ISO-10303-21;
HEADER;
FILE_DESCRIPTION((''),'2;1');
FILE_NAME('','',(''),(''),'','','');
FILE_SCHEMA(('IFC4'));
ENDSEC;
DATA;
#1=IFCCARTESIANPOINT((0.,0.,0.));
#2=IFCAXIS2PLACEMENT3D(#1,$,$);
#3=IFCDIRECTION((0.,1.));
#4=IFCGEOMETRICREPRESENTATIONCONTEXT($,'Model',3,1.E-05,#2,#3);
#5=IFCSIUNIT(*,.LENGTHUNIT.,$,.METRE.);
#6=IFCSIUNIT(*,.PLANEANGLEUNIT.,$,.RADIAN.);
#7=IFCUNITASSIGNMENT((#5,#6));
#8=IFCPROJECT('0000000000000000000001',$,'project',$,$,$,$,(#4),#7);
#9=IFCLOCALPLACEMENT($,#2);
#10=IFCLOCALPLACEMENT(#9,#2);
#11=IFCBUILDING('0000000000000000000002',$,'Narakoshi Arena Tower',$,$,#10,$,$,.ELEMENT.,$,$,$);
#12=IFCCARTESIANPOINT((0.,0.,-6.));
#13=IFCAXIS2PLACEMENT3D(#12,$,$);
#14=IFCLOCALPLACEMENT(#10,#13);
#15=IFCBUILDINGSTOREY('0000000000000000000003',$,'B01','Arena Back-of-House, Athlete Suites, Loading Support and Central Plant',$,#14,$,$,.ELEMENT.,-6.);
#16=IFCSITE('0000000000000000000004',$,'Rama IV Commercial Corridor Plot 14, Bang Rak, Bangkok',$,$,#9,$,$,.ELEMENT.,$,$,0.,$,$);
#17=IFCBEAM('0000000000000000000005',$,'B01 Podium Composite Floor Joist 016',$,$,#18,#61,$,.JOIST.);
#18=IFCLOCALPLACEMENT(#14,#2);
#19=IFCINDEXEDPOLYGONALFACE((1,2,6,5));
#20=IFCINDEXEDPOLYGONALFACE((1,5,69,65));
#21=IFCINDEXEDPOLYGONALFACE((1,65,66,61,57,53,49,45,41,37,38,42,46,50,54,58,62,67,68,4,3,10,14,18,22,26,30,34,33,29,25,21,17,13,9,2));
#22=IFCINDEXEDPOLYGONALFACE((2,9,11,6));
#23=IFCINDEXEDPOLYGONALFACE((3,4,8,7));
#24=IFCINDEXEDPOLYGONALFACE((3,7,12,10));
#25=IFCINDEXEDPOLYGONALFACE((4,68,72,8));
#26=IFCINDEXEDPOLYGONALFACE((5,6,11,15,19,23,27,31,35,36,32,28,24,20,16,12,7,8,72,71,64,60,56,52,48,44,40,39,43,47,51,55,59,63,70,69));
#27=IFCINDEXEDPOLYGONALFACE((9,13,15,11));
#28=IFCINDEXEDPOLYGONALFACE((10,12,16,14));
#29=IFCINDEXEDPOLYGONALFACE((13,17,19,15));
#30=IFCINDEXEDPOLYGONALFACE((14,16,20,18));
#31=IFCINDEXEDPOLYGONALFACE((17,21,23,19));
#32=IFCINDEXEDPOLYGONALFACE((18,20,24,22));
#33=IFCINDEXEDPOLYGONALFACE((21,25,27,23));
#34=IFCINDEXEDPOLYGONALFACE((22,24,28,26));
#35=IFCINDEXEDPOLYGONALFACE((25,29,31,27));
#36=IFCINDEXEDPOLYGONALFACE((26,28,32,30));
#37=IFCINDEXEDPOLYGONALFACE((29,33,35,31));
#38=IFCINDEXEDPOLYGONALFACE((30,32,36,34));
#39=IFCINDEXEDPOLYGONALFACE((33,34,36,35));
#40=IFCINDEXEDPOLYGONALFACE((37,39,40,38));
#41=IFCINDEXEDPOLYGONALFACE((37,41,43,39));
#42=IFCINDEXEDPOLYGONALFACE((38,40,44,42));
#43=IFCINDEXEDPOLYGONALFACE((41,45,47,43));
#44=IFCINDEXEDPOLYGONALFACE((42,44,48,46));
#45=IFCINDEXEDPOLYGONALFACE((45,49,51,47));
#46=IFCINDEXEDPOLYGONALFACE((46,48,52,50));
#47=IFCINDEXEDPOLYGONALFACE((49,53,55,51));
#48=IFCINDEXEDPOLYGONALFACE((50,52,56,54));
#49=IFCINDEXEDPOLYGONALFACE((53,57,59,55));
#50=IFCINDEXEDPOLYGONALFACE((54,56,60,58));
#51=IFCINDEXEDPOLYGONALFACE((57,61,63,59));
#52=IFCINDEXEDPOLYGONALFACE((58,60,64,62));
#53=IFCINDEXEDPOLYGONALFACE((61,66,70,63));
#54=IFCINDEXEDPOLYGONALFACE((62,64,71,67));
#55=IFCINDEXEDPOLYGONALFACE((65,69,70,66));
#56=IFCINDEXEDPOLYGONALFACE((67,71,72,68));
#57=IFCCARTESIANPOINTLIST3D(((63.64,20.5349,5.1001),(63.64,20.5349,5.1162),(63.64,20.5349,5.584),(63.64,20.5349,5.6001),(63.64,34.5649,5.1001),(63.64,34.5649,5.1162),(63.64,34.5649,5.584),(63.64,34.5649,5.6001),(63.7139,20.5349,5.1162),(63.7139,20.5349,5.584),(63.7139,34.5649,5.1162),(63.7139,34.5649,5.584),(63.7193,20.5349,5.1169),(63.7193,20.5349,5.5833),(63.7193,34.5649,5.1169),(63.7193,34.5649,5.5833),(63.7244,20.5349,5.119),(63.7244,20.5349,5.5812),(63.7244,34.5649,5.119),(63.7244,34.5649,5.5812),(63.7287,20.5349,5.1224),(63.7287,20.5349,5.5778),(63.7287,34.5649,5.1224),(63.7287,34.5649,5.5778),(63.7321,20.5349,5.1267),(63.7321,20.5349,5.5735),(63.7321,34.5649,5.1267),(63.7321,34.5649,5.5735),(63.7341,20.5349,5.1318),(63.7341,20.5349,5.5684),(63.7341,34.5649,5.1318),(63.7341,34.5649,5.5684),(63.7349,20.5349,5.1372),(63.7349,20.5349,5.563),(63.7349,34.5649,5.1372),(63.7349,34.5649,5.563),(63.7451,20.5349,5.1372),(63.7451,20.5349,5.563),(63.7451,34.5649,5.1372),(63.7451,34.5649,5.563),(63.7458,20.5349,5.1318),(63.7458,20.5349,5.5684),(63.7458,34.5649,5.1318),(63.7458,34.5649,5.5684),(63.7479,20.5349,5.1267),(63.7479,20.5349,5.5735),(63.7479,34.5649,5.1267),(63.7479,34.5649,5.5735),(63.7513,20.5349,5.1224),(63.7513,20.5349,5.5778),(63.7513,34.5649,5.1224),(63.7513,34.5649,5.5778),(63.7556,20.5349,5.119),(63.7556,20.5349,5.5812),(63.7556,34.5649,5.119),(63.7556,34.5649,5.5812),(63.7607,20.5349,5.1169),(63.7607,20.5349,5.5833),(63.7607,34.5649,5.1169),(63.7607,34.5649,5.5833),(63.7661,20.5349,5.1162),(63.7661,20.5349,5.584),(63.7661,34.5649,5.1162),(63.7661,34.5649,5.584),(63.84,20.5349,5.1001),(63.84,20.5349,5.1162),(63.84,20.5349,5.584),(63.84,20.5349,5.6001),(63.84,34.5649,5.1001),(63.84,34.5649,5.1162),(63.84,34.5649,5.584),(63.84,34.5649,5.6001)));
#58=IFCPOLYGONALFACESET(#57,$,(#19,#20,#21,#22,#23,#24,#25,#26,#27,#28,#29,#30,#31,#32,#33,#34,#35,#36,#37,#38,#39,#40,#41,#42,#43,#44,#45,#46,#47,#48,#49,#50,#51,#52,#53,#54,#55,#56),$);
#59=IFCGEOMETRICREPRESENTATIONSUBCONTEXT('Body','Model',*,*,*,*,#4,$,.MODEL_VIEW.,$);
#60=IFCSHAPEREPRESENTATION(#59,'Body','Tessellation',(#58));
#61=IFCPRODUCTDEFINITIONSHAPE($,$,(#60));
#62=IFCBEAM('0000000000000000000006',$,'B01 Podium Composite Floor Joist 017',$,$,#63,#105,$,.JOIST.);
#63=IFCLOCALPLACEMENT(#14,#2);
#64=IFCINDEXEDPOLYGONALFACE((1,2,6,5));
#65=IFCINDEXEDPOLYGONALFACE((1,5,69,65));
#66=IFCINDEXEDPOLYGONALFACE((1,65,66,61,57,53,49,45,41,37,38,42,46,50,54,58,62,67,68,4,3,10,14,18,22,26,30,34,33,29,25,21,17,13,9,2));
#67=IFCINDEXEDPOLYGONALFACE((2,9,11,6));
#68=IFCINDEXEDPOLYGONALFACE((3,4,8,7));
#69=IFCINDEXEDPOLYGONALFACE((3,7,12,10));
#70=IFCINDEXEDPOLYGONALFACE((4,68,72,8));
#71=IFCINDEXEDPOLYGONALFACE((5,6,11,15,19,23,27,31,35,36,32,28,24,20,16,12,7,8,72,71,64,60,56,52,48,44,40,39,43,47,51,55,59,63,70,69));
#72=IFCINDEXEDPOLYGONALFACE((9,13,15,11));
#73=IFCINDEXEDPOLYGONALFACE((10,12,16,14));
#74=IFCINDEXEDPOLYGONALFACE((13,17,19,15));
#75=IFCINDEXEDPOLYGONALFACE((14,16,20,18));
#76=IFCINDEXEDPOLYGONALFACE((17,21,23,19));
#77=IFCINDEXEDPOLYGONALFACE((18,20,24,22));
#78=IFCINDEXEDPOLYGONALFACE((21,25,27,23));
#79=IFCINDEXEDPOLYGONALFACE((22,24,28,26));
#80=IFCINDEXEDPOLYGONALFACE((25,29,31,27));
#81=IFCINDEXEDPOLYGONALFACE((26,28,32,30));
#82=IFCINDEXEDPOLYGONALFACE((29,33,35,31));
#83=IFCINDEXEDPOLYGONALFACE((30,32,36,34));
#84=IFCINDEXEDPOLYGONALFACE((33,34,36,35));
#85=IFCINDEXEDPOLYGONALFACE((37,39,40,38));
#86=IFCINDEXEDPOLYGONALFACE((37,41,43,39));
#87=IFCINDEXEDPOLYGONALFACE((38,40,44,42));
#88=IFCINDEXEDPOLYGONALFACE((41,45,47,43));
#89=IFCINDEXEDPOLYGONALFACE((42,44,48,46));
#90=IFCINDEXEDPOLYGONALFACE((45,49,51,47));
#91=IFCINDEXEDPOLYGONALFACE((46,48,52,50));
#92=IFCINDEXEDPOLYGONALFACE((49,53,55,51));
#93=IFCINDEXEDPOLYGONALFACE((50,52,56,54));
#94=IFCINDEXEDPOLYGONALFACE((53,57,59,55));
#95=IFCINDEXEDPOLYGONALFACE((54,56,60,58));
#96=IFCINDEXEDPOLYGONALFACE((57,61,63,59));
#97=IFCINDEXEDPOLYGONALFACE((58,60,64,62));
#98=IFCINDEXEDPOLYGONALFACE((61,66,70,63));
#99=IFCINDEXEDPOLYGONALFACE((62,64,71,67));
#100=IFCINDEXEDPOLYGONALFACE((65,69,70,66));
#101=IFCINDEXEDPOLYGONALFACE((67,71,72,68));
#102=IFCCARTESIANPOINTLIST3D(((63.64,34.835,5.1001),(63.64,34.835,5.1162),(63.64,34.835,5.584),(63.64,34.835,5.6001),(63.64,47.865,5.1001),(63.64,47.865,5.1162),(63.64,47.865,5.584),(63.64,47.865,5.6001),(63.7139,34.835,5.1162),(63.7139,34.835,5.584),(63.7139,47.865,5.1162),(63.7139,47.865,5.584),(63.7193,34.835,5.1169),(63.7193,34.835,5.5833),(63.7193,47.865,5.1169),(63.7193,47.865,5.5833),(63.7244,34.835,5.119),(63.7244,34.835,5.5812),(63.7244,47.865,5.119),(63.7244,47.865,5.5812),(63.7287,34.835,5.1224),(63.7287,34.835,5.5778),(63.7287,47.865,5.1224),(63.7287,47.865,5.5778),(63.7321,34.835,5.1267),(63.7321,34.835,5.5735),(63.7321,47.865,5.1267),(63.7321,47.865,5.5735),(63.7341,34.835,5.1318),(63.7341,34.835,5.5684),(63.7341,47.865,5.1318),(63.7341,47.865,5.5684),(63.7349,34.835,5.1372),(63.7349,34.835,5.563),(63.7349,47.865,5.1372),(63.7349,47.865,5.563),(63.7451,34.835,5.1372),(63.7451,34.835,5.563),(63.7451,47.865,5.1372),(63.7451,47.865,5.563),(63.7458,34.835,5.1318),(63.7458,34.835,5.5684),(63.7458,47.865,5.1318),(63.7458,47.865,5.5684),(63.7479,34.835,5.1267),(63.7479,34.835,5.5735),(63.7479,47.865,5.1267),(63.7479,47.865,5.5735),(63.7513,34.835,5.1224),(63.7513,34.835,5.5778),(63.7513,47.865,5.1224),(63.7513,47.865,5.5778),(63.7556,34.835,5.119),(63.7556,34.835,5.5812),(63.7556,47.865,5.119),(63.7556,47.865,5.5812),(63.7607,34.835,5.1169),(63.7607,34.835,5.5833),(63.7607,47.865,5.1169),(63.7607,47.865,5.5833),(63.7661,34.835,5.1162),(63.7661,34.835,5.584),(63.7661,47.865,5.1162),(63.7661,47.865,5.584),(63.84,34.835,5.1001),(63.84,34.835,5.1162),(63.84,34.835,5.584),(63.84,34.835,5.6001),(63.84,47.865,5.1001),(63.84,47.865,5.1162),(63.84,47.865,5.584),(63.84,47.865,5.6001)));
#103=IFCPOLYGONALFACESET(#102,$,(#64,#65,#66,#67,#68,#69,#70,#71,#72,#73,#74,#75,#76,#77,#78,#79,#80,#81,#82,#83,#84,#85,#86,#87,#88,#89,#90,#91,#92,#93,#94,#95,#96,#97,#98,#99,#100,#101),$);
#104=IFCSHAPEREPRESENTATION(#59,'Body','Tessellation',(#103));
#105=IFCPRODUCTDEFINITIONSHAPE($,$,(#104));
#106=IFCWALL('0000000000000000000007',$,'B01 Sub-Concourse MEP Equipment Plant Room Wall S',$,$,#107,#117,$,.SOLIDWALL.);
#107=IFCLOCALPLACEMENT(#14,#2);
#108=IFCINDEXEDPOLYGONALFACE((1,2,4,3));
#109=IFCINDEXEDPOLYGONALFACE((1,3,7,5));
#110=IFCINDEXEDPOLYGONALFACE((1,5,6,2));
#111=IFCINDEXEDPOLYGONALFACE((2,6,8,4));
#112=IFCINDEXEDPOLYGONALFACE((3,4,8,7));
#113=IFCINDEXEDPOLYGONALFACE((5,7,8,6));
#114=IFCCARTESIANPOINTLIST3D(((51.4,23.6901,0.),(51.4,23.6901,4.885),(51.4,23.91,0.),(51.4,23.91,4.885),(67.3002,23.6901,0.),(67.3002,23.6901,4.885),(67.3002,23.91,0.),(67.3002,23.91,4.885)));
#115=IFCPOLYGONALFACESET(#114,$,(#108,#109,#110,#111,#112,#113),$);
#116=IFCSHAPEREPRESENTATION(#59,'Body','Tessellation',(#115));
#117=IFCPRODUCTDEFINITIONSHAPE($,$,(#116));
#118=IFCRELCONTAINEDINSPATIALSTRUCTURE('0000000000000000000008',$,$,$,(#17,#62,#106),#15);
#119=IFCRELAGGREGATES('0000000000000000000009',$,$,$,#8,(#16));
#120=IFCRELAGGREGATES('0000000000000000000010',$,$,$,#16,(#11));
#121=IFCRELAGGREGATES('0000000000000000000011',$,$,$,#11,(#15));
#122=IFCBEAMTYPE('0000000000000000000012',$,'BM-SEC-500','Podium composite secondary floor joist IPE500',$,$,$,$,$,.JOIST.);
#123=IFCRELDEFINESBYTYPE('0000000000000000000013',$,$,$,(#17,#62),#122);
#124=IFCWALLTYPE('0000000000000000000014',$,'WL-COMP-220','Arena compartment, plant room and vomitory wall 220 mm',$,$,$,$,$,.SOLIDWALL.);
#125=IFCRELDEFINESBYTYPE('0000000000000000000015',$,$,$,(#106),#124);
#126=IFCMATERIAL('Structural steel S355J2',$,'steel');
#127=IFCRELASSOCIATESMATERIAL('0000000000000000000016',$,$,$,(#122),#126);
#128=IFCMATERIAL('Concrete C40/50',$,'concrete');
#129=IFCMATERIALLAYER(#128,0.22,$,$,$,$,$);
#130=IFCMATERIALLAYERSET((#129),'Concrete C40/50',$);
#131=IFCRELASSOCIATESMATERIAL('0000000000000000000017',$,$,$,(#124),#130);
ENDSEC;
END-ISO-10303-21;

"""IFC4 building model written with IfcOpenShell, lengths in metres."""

from ifc_helpers import new_model, si_unit, direction, frame, frame_2d, origin, origin_2d, place, context, subcontext, project, spatial, rectangle, i_section, extrude, material, layer, layer_set, material_profile, profile_set, type_object, element, save


model = new_model("IFC4")

# Units and contexts
model_context = context("Model", 3, precision=1e-05, world=origin(), true_north=direction((0.0, 1.0)))
body_context = subcontext(model_context, "Body", "Model", "MODEL_VIEW")
ifc_project = project(units=[si_unit("LENGTHUNIT", "METRE"), si_unit("PLANEANGLEUNIT", "RADIAN")], contexts=[model_context])

# Site, building, storey
site_placement = place(None, origin())
site = spatial("IfcSite", under=ifc_project, at=site_placement, Name="Rama IV Commercial Corridor Plot 14, Bang Rak, Bangkok", CompositionType="ELEMENT", RefElevation=0.0)
building_placement = place(site_placement, origin())
building = spatial("IfcBuilding", under=site, at=building_placement, Name="Narakoshi Arena Tower", CompositionType="ELEMENT")
storey_placement = place(building_placement, frame((0.0, 0.0, -6.0)))
storey = spatial("IfcBuildingStorey", under=building, at=storey_placement, Name="B01", Description="Arena Back-of-House, Athlete Suites, Loading Support and Central Plant", CompositionType="ELEMENT", Elevation=-6.0)

# Beams
ifc_material_1 = material(Name="Structural steel S355J2", Category="steel")
ifc_material_profile_1 = material_profile(ifc_material_1, i_section(OverallWidth=0.2, OverallDepth=0.5, WebThickness=0.0103, FlangeThickness=0.0161, FilletRadius=0.021, at=origin_2d()), Name="IPE500")
ifc_profile_set_1 = profile_set([ifc_material_profile_1], Name="Structural steel S355J2")
beam_type_1 = type_object("IfcBeamType", Name="BM-SEC-500", Description="Podium composite secondary floor joist IPE500", PredefinedType="JOIST", material=ifc_profile_set_1)
beam_1_placement = place(storey_placement, frame((63.74, 20.5349, 5.3501), z_axis=(0.0, 1.0, 0.0), x_axis=(-1.0, 0.0, 0.0)))
element("IfcBeam", 1, at=beam_1_placement, inside=storey, type_object=beam_type_1, Name="B01 Podium Composite Floor Joist 016", PredefinedType="JOIST", context=body_context, shape_type="SweptSolid", body=[
    extrude(i_section(OverallWidth=0.2, OverallDepth=0.5, WebThickness=0.0103, FlangeThickness=0.0161, FilletRadius=0.021, at=origin_2d()), origin(), (0.0, 0.0, 1.0), 14.03),
])
beam_2_placement = place(storey_placement, frame((63.74, 34.835, 5.3501), z_axis=(0.0, 1.0, 0.0), x_axis=(-1.0, 0.0, 0.0)))
element("IfcBeam", 2, at=beam_2_placement, inside=storey, type_object=beam_type_1, Name="B01 Podium Composite Floor Joist 017", PredefinedType="JOIST", context=body_context, shape_type="SweptSolid", body=[
    extrude(i_section(OverallWidth=0.2, OverallDepth=0.5, WebThickness=0.0103, FlangeThickness=0.0161, FilletRadius=0.021, at=origin_2d()), origin(), (0.0, 0.0, 1.0), 13.03),
])

# Wall
ifc_material_2 = material(Name="Concrete C40/50", Category="concrete")
ifc_layer = layer(ifc_material_2, 0.22)
ifc_layer_set = layer_set([ifc_layer], Name="Concrete C40/50")
wall_type = type_object("IfcWallType", Name="WL-COMP-220", Description="Arena compartment, plant room and vomitory wall 220 mm", PredefinedType="SOLIDWALL", material=ifc_layer_set)
wall_placement = place(storey_placement, frame((51.3999, 23.8, 0.0), z_axis=(0.0, 0.0, 1.0), x_axis=(1.0, 0.0, 0.0)))
element("IfcWall", 3, at=wall_placement, inside=storey, type_object=wall_type, Name="B01 Sub-Concourse MEP Equipment Plant Room Wall S", PredefinedType="SOLIDWALL", context=body_context, shape_type="SweptSolid", body=[
    extrude(rectangle(XDim=15.9001, YDim=0.22, at=frame_2d((7.9502, 0.0))), origin(), (0.0, 0.0, 1.0), 4.885),
])

save(model, "model.ifc")
